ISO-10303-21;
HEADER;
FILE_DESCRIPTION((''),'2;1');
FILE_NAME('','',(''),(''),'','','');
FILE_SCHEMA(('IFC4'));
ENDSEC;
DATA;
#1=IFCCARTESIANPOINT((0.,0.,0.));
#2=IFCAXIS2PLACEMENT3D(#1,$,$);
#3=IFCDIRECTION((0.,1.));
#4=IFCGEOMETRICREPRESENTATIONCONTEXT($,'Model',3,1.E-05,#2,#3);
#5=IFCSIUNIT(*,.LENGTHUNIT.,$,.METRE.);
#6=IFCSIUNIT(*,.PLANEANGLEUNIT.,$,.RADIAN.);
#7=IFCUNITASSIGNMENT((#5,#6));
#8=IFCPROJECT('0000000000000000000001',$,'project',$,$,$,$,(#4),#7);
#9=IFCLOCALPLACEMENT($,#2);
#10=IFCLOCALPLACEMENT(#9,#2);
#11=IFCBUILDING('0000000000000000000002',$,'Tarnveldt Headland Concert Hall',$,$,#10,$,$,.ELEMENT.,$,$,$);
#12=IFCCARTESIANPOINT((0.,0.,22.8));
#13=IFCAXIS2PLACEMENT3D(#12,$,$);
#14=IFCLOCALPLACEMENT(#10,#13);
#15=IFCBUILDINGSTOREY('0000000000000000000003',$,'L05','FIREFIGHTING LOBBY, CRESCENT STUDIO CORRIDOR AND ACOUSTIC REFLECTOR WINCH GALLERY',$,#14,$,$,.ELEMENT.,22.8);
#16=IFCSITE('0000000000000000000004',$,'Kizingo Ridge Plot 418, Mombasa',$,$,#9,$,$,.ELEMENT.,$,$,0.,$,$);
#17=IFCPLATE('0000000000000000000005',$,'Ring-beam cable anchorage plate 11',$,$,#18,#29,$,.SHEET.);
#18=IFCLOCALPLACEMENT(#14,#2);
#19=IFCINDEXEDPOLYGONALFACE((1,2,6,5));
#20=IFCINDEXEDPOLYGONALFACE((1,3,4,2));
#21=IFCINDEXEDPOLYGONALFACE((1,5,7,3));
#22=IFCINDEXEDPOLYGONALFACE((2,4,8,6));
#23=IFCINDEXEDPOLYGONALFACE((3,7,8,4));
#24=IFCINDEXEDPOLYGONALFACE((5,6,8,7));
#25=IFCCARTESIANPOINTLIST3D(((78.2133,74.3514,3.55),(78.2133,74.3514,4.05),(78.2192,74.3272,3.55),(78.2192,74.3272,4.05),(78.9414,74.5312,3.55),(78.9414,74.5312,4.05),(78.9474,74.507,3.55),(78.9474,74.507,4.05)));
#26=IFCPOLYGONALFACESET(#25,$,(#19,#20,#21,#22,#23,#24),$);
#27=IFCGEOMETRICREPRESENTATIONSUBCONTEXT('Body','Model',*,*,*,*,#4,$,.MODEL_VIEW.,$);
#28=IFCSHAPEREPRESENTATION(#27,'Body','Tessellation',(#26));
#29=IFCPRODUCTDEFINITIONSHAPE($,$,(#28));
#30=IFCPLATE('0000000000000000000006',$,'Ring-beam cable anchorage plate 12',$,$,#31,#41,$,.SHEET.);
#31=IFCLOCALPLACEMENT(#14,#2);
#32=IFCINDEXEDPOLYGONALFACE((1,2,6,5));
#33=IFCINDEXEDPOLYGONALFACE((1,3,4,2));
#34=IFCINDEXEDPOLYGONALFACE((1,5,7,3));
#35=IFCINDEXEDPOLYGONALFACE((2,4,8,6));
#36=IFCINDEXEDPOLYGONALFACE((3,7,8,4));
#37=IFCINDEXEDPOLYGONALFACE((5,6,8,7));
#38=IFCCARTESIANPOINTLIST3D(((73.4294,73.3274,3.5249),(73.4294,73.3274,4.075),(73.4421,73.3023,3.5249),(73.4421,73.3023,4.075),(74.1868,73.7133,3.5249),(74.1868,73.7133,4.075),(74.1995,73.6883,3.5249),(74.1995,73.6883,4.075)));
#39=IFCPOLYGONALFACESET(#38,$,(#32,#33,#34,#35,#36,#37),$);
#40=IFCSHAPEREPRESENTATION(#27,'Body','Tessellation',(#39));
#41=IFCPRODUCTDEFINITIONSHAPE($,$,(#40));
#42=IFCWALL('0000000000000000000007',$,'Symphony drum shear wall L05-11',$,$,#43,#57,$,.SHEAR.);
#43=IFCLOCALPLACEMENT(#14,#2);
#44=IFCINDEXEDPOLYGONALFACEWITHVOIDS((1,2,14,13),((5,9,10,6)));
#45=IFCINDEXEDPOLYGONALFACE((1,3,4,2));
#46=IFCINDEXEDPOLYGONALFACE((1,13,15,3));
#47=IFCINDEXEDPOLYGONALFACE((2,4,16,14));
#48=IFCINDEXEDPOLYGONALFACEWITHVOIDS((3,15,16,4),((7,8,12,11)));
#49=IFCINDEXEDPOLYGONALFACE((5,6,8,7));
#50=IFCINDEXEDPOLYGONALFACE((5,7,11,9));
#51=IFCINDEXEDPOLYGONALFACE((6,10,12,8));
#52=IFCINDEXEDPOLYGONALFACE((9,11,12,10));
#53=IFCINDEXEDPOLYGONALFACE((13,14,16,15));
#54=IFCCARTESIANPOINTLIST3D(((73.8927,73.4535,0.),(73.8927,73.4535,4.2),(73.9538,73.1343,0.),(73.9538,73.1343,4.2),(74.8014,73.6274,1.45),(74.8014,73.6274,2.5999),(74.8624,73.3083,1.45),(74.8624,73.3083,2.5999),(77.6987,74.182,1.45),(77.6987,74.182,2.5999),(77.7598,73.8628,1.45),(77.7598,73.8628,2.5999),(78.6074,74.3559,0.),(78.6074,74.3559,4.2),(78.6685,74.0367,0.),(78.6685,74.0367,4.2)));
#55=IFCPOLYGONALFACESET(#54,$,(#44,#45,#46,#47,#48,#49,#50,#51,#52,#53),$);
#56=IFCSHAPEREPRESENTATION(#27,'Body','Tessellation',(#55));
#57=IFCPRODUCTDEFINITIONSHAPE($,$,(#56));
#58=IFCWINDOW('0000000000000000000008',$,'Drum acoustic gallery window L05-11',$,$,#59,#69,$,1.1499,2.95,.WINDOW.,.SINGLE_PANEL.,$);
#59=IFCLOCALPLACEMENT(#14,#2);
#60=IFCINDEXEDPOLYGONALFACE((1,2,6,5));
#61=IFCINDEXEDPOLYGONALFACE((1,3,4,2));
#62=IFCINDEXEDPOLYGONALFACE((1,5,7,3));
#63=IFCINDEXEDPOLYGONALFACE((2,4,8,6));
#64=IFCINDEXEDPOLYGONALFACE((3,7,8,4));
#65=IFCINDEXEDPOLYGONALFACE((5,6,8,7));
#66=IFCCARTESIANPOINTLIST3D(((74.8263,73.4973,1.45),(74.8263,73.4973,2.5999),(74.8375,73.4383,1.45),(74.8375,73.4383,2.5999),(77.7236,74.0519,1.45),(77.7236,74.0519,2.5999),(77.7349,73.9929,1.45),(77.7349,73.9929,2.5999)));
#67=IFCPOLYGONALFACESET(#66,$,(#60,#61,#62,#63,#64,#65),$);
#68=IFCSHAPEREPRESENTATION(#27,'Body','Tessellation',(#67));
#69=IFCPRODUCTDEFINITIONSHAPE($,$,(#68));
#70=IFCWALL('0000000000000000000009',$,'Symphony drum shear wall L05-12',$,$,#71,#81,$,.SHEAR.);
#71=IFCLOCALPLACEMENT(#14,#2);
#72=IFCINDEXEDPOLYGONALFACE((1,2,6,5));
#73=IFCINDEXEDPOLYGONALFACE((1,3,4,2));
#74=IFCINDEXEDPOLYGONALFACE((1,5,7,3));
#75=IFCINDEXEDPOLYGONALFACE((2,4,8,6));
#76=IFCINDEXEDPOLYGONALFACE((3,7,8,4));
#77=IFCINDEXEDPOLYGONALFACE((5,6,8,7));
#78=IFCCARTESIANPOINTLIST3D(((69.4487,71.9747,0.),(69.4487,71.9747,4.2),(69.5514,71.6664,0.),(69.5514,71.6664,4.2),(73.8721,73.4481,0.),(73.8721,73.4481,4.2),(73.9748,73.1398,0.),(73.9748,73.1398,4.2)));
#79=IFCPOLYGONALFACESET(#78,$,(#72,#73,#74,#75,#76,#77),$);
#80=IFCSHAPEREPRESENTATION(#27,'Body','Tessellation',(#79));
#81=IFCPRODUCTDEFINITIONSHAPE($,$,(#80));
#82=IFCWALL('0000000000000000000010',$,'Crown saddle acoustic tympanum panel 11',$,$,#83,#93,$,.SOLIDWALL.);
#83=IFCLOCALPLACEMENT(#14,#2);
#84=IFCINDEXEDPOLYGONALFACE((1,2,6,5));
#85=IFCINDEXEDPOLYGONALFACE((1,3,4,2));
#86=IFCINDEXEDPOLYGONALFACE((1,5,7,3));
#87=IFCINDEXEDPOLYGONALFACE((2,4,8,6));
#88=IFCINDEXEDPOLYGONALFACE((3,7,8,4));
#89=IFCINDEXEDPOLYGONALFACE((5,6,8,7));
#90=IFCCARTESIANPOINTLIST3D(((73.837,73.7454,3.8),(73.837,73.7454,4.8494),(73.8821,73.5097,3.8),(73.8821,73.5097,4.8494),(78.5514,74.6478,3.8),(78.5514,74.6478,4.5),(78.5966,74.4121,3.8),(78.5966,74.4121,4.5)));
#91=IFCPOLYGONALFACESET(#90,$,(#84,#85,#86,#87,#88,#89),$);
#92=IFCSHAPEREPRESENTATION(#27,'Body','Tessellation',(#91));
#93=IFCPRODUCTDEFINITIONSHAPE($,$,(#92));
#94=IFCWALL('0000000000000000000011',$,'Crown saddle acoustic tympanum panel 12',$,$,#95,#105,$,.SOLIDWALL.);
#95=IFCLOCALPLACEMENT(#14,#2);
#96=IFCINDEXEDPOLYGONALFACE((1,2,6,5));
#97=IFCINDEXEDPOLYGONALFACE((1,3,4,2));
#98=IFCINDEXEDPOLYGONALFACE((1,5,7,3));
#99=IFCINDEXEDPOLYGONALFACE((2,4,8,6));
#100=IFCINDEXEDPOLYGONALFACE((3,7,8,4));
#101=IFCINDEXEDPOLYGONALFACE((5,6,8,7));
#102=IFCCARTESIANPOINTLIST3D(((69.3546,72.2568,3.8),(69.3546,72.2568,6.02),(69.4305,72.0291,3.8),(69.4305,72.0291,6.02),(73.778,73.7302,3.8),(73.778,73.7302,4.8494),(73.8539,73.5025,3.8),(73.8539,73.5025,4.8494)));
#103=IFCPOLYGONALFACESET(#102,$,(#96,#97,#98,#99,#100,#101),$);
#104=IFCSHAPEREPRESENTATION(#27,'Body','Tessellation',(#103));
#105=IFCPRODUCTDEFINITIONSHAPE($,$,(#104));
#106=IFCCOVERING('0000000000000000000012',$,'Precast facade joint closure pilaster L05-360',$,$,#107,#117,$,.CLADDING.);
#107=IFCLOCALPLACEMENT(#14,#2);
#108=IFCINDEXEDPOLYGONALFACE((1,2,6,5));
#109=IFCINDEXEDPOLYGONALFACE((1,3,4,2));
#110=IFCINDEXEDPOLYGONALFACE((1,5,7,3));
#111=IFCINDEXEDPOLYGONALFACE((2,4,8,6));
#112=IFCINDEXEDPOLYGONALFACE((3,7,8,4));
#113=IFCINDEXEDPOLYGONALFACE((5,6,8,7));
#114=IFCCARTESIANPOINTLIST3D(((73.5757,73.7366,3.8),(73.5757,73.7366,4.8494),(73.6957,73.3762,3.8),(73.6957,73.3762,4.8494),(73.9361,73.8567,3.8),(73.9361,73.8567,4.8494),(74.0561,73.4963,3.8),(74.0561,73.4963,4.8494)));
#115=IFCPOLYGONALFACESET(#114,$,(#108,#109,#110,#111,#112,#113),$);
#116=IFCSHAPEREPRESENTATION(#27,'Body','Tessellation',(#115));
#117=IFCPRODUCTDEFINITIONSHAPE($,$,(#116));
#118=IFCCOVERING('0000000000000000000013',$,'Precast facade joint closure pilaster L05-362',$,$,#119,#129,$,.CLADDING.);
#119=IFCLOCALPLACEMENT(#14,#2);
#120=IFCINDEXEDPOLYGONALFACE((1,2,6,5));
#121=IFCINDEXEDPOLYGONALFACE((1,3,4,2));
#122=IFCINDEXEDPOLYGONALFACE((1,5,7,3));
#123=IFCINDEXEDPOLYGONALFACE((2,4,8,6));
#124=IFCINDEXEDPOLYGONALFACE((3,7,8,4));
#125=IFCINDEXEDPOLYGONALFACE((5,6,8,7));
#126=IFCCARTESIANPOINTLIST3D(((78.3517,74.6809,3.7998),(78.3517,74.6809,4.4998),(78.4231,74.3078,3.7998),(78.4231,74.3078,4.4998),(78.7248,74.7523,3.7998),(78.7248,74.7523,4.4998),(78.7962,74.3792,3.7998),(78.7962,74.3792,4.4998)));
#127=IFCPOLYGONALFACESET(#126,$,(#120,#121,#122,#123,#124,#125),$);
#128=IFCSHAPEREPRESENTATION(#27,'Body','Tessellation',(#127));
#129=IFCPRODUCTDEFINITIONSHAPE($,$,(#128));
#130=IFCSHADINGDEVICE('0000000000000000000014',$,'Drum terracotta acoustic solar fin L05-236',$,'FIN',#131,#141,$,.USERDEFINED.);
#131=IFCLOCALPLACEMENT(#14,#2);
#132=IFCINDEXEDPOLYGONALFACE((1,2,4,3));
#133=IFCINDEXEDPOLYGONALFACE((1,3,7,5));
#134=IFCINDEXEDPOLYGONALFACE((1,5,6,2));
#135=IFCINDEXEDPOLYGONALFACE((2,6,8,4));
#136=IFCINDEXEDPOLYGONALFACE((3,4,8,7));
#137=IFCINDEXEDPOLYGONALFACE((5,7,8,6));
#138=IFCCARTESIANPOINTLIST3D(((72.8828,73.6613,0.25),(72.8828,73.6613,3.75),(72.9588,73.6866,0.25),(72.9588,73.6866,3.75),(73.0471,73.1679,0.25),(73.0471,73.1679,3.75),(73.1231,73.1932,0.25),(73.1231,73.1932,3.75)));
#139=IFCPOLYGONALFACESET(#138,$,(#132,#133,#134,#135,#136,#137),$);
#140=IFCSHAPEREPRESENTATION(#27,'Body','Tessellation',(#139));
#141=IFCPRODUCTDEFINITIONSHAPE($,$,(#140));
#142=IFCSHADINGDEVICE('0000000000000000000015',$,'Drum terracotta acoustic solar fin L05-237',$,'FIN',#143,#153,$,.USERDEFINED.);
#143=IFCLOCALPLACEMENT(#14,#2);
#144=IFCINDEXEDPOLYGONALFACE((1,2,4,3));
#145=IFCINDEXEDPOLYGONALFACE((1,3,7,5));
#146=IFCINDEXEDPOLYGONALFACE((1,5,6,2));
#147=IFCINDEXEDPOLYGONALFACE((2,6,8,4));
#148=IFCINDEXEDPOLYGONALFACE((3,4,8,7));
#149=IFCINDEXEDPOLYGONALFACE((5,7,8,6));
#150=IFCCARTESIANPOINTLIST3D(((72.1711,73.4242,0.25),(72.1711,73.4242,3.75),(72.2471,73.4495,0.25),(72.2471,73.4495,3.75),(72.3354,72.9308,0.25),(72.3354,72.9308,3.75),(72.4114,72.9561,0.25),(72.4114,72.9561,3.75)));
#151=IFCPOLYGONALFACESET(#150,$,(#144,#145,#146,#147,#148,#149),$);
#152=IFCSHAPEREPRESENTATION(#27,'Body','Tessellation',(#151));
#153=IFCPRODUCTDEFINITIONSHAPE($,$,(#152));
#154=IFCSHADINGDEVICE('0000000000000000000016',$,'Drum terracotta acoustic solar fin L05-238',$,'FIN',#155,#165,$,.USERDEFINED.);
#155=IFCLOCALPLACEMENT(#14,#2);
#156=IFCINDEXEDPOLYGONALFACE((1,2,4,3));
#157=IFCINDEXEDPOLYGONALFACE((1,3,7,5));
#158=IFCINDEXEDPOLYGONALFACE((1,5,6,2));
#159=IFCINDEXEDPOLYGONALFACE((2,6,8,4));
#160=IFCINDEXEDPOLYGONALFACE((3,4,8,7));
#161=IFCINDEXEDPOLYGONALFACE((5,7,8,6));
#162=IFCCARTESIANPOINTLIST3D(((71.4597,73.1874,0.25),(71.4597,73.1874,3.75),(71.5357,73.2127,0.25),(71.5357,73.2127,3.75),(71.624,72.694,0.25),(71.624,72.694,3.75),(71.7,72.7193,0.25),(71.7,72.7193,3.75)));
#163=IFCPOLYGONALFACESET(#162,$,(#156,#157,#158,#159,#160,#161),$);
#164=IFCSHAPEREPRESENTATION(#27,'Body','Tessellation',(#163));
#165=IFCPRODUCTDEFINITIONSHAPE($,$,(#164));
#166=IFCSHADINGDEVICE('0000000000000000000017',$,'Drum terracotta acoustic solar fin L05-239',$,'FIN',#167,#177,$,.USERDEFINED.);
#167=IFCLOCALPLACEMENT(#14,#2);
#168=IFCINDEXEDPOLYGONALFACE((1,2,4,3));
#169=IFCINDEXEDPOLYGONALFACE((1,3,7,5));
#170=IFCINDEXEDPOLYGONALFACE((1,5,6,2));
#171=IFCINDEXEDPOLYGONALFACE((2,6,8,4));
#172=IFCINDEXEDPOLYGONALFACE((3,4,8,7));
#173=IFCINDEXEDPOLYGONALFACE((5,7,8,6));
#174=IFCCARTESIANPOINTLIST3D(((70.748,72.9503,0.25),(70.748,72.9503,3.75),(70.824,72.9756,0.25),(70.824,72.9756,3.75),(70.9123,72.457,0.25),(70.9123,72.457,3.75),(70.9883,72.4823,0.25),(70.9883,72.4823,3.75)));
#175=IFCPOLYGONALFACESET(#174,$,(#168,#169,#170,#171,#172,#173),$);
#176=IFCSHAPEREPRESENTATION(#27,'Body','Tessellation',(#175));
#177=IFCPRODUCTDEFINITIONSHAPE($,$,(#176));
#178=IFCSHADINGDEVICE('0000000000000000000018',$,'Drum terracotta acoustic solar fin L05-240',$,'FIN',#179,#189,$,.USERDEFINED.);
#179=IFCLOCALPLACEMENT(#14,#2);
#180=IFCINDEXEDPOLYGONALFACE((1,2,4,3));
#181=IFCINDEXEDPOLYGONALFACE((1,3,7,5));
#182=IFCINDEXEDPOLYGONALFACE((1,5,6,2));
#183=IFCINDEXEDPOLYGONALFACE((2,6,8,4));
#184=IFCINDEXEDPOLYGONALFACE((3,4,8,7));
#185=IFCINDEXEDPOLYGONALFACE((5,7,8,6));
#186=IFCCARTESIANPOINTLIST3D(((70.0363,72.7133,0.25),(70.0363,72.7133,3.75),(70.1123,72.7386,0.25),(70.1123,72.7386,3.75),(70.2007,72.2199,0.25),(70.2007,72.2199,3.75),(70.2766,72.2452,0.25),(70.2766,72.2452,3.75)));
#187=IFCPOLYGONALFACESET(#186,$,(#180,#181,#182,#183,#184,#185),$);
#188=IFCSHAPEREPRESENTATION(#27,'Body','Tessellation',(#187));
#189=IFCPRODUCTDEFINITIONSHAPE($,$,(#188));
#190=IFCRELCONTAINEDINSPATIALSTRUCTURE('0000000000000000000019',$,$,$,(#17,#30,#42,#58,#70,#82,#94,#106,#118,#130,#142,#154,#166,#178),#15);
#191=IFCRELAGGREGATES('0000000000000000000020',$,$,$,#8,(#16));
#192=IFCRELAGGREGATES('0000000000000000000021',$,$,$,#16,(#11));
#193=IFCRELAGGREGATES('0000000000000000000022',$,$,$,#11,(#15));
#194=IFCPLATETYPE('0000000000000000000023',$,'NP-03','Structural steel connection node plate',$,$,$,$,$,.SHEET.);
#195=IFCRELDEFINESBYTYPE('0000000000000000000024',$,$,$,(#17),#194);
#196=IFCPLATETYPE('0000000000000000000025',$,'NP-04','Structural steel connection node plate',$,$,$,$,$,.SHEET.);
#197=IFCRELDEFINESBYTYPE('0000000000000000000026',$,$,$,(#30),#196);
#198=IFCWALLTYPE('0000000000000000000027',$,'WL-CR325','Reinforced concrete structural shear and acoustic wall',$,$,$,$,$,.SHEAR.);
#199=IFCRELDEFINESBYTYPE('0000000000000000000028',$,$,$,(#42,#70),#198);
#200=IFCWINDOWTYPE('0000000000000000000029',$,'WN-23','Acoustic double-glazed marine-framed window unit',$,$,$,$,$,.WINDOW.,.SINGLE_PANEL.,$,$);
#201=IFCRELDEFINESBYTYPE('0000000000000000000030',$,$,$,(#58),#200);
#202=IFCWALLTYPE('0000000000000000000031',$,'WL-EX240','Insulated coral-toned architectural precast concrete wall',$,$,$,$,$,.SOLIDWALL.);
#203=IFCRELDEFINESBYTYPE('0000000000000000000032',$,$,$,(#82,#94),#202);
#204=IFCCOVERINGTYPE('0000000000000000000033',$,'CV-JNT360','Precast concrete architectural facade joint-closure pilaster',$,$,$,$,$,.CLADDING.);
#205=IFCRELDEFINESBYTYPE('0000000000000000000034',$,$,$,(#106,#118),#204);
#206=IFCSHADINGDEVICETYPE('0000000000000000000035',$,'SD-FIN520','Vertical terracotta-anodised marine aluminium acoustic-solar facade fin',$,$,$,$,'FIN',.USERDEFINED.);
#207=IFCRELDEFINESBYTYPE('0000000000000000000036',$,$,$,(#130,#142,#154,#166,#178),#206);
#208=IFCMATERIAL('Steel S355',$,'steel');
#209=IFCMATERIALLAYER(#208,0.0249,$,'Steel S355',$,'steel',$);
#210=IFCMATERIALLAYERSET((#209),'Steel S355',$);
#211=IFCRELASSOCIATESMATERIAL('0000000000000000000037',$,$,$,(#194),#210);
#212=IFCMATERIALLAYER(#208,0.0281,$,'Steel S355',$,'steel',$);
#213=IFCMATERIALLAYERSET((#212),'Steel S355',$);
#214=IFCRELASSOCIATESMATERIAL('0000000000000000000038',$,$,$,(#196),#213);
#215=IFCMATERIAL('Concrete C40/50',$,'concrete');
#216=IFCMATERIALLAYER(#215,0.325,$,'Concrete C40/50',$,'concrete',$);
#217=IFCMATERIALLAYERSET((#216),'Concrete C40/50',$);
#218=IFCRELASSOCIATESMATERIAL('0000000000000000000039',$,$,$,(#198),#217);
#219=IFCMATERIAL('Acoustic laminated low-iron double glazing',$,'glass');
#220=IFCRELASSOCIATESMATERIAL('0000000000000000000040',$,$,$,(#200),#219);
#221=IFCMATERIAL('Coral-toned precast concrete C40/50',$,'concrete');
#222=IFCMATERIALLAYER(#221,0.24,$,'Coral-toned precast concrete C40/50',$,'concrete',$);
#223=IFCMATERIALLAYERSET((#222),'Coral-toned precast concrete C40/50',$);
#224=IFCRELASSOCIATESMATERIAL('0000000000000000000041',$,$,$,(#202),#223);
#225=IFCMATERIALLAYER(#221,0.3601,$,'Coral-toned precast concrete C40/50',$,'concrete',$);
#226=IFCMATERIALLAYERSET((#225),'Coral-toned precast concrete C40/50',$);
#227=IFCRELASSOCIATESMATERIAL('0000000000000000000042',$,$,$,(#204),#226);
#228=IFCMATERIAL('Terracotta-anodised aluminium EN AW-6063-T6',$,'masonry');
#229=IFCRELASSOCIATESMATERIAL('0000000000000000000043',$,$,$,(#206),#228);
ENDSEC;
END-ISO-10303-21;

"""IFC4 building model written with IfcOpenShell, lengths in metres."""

from ifc_helpers import new_model, si_unit, direction, frame, frame_2d, origin, origin_2d, place, context, subcontext, project, spatial, polyline, rectangle, outline, extrude, material, layer, layer_set, type_object, element, fill, save


model = new_model("IFC4")

# Units and contexts
model_context = context("Model", 3, precision=1e-05, world=origin(), true_north=direction((0.0, 1.0)))
body_context = subcontext(model_context, "Body", "Model", "MODEL_VIEW")
ifc_project = project(units=[si_unit("LENGTHUNIT", "METRE"), si_unit("PLANEANGLEUNIT", "RADIAN")], contexts=[model_context])

# Site, building, storey
site_placement = place(None, origin())
site = spatial("IfcSite", under=ifc_project, at=site_placement, Name="Kizingo Ridge Plot 418, Mombasa", CompositionType="ELEMENT", RefElevation=0.0)
building_placement = place(site_placement, origin())
building = spatial("IfcBuilding", under=site, at=building_placement, Name="Tarnveldt Headland Concert Hall", CompositionType="ELEMENT")
storey_placement = place(building_placement, frame((0.0, 0.0, 22.8)))
storey = spatial("IfcBuildingStorey", under=building, at=storey_placement, Name="L05", Description="FIREFIGHTING LOBBY, CRESCENT STUDIO CORRIDOR AND ACOUSTIC REFLECTOR WINCH GALLERY", CompositionType="ELEMENT", Elevation=22.8)

# Shared definitions
ifc_material_1 = material(Name="Concrete C40/50", Category="concrete")

# Shared definitions
ifc_material_2 = material(Name="Steel S355", Category="steel")

# Plates
ifc_layer_1 = layer(ifc_material_2, 0.0249, Name="Steel S355", Category="steel")
ifc_layer_set_1 = layer_set([ifc_layer_1], Name="Steel S355")
plate_type_1 = type_object("IfcPlateType", Name="NP-03", Description="Structural steel connection node plate", PredefinedType="SHEET", material=ifc_layer_set_1)
plate_1_placement = place(storey_placement, frame((78.5803, 74.4292, 3.55), z_axis=(0.0, 0.0, 1.0), x_axis=(-0.970842, -0.23972, 0.0)))
element("IfcPlate", 1, at=plate_1_placement, inside=storey, type_object=plate_type_1, Name="Ring-beam cable anchorage plate 11", PredefinedType="SHEET", context=body_context, shape_type="SweptSolid", body=[
    extrude(rectangle(XDim=0.75, YDim=0.0249, at=origin_2d()), origin(), (0.0, 0.0, 1.0), 0.5),
])
ifc_layer_2 = layer(ifc_material_2, 0.0281, Name="Steel S355", Category="steel")
ifc_layer_set_2 = layer_set([ifc_layer_2], Name="Steel S355")
plate_type_2 = type_object("IfcPlateType", Name="NP-04", Description="Structural steel connection node plate", PredefinedType="SHEET", material=ifc_layer_set_2)
plate_2_placement = place(storey_placement, frame((73.8145, 73.5078, 3.5249), z_axis=(0.0, 0.0, 1.0), x_axis=(-0.891007, -0.45399, 0.0)))
element("IfcPlate", 2, at=plate_2_placement, inside=storey, type_object=plate_type_2, Name="Ring-beam cable anchorage plate 12", PredefinedType="SHEET", context=body_context, shape_type="SweptSolid", body=[
    extrude(rectangle(XDim=0.8501, YDim=0.0281, at=origin_2d()), origin(), (0.0, 0.0, 1.0), 0.55),
])

# Wall, opening, window
ifc_layer_3 = layer(ifc_material_1, 0.325, Name="Concrete C40/50", Category="concrete")
ifc_layer_set_3 = layer_set([ifc_layer_3], Name="Concrete C40/50")
wall_type_1 = type_object("IfcWallType", Name="WL-CR325", Description="Reinforced concrete structural shear and acoustic wall", PredefinedType="SHEAR", material=ifc_layer_set_3)
wall_1_placement = place(storey_placement, frame((78.6379, 74.1963, 0.0), z_axis=(0.0, 0.0, 1.0), x_axis=(-0.982173, -0.187981, 0.0)))
wall_1 = element("IfcWall", 3, at=wall_1_placement, inside=storey, type_object=wall_type_1, Name="Symphony drum shear wall L05-11", PredefinedType="SHEAR", context=body_context, shape_type="SweptSolid", body=[
    extrude(rectangle(XDim=4.8003, YDim=0.325, at=frame_2d((2.4001, 0.0))), origin(), (0.0, 0.0, 1.0), 4.2),
])
opening_placement = place(wall_1_placement, frame((0.925, 0.0, 1.45)))
opening = element("IfcOpeningElement", 4, at=opening_placement, cuts=wall_1, PredefinedType="OPENING", context=body_context, shape_type="SweptSolid", body=[
    extrude(rectangle(XDim=2.95, YDim=1.1499, at=frame_2d((1.4751, 0.575))), frame((0.0, 0.1724, 0.0), z_axis=(0.0, -1.0, 0.0), x_axis=(1.0, 0.0, 0.0)), (0.0, 0.0, 1.0), 0.345),
])
ifc_material_3 = material(Name="Acoustic laminated low-iron double glazing", Category="glass")
window_type = type_object("IfcWindowType", Name="WN-23", Description="Acoustic double-glazed marine-framed window unit", PartitioningType="SINGLE_PANEL", PredefinedType="WINDOW", material=ifc_material_3)
window_placement = place(opening_placement, origin())
window = element("IfcWindow", 5, at=window_placement, inside=storey, type_object=window_type, Name="Drum acoustic gallery window L05-11", OverallHeight=1.1499, OverallWidth=2.95, PartitioningType="SINGLE_PANEL", PredefinedType="WINDOW", context=body_context, shape_type="SweptSolid", body=[
    extrude(rectangle(XDim=2.95, YDim=1.1499, at=frame_2d((1.4751, 0.575))), frame((0.0, 0.03, 0.0), z_axis=(0.0, -1.0, 0.0), x_axis=(1.0, 0.0, 0.0)), (0.0, 0.0, 1.0), 0.0601),
])
fill(opening, window)

# Walls
wall_2_placement = place(storey_placement, frame((73.9233, 73.2939, 0.0), z_axis=(0.0, 0.0, 1.0), x_axis=(-0.948751, -0.316024, 0.0)))
element("IfcWall", 6, at=wall_2_placement, inside=storey, type_object=wall_type_1, Name="Symphony drum shear wall L05-12", PredefinedType="SHEAR", context=body_context, shape_type="SweptSolid", body=[
    extrude(rectangle(XDim=4.6624, YDim=0.325, at=frame_2d((2.3311, 0.0))), origin(), (0.0, 0.0, 1.0), 4.2),
])
ifc_material_4 = material(Name="Coral-toned precast concrete C40/50", Category="concrete")
ifc_layer_4 = layer(ifc_material_4, 0.24, Name="Coral-toned precast concrete C40/50", Category="concrete")
ifc_layer_set_4 = layer_set([ifc_layer_4], Name="Coral-toned precast concrete C40/50")
wall_type_2 = type_object("IfcWallType", Name="WL-EX240", Description="Insulated coral-toned architectural precast concrete wall", PredefinedType="SOLIDWALL", material=ifc_layer_set_4)
wall_3_placement = place(storey_placement, frame((78.574, 74.53, 3.8), z_axis=(0.0, 0.0, 1.0), x_axis=(-0.982171, -0.187991, 0.0)))
element("IfcWall", 7, at=wall_3_placement, inside=storey, type_object=wall_type_2, Name="Crown saddle acoustic tympanum panel 11", PredefinedType="SOLIDWALL", context=body_context, shape_type="SweptSolid", body=[
    extrude(outline(polyline([(0.0, 0.0), (4.8, 0.0), (4.8, 1.0493), (0.0, 0.7), (0.0, 0.0)])), frame((0.0, 0.1201, 0.0), z_axis=(0.0, -1.0, 0.0), x_axis=(1.0, 0.0, 0.0)), (0.0, 0.0, 1.0), 0.24),
])
wall_4_placement = place(storey_placement, frame((73.8159, 73.6165, 3.8), z_axis=(0.0, 0.0, 1.0), x_axis=(-0.948751, -0.316024, 0.0)))
element("IfcWall", 8, at=wall_4_placement, inside=storey, type_object=wall_type_2, Name="Crown saddle acoustic tympanum panel 12", PredefinedType="SOLIDWALL", context=body_context, shape_type="SweptSolid", body=[
    extrude(outline(polyline([(0.0, 0.0), (4.6624, 0.0), (4.6624, 2.22), (0.0, 1.0493), (0.0, 0.0)])), frame((0.0, 0.1201, 0.0), z_axis=(0.0, -1.0, 0.0), x_axis=(1.0, 0.0, 0.0)), (0.0, 0.0, 1.0), 0.24),
])

# Coverings
ifc_layer_5 = layer(ifc_material_4, 0.3601, Name="Coral-toned precast concrete C40/50", Category="concrete")
ifc_layer_set_5 = layer_set([ifc_layer_5], Name="Coral-toned precast concrete C40/50")
covering_type = type_object("IfcCoveringType", Name="CV-JNT360", Description="Precast concrete architectural facade joint-closure pilaster", PredefinedType="CLADDING", material=ifc_layer_set_5)
covering_1_placement = place(storey_placement, frame((73.8159, 73.6165, 3.8), z_axis=(0.0, 0.0, 1.0), x_axis=(-0.31598, 0.948766, 0.0)))
element("IfcCovering", 9, at=covering_1_placement, inside=storey, type_object=covering_type, Name="Precast facade joint closure pilaster L05-360", PredefinedType="CLADDING", context=body_context, shape_type="SweptSolid", body=[
    extrude(rectangle(XDim=0.3799, YDim=0.3799, at=origin_2d()), origin(), (0.0, 0.0, 1.0), 1.0493),
])
covering_2_placement = place(storey_placement, frame((78.574, 74.53, 3.7998), z_axis=(0.0, 0.0, 1.0), x_axis=(-0.187896, 0.982189, 0.0)))
element("IfcCovering", 10, at=covering_2_placement, inside=storey, type_object=covering_type, Name="Precast facade joint closure pilaster L05-362", PredefinedType="CLADDING", context=body_context, shape_type="SweptSolid", body=[
    extrude(rectangle(XDim=0.3799, YDim=0.3799, at=origin_2d()), origin(), (0.0, 0.0, 1.0), 0.7),
])

# Shading devices
ifc_material_5 = material(Name="Terracotta-anodised aluminium EN AW-6063-T6", Category="masonry")
shading_device_type = type_object("IfcShadingDeviceType", Name="SD-FIN520", Description="Vertical terracotta-anodised marine aluminium acoustic-solar facade fin", ElementType="FIN", PredefinedType="USERDEFINED", material=ifc_material_5)
for number, where, z_axis, x_axis, name in (
    (11, (73.0029, 73.4272, 0.25), (0.0, 0.0, 1.0), (-0.31598, 0.948766, 0.0), "Drum terracotta acoustic solar fin L05-236"),
    (12, (72.2913, 73.1902, 0.25), (0.0, 0.0, 1.0), (-0.31598, 0.948766, 0.0), "Drum terracotta acoustic solar fin L05-237"),
    (13, (71.5798, 72.9534, 0.25), (0.0, 0.0, 1.0), (-0.31598, 0.948766, 0.0), "Drum terracotta acoustic solar fin L05-238"),
    (14, (70.8682, 72.7163, 0.25), (0.0, 0.0, 1.0), (-0.31598, 0.948766, 0.0), "Drum terracotta acoustic solar fin L05-239"),
    (15, (70.1565, 72.4792, 0.25), (0.0, 0.0, 1.0), (-0.31598, 0.948766, 0.0), "Drum terracotta acoustic solar fin L05-240"),
):
    element("IfcShadingDevice", number, at=place(storey_placement, frame(where, z_axis=z_axis, x_axis=x_axis)), inside=storey, type_object=shading_device_type, Name=name, ObjectType="FIN", PredefinedType="USERDEFINED", context=body_context, shape_type="SweptSolid", body=[
        extrude(rectangle(XDim=0.52, YDim=0.0801, at=origin_2d()), origin(), (0.0, 0.0, 1.0), 3.5),
    ])

save(model, "model.ifc")
